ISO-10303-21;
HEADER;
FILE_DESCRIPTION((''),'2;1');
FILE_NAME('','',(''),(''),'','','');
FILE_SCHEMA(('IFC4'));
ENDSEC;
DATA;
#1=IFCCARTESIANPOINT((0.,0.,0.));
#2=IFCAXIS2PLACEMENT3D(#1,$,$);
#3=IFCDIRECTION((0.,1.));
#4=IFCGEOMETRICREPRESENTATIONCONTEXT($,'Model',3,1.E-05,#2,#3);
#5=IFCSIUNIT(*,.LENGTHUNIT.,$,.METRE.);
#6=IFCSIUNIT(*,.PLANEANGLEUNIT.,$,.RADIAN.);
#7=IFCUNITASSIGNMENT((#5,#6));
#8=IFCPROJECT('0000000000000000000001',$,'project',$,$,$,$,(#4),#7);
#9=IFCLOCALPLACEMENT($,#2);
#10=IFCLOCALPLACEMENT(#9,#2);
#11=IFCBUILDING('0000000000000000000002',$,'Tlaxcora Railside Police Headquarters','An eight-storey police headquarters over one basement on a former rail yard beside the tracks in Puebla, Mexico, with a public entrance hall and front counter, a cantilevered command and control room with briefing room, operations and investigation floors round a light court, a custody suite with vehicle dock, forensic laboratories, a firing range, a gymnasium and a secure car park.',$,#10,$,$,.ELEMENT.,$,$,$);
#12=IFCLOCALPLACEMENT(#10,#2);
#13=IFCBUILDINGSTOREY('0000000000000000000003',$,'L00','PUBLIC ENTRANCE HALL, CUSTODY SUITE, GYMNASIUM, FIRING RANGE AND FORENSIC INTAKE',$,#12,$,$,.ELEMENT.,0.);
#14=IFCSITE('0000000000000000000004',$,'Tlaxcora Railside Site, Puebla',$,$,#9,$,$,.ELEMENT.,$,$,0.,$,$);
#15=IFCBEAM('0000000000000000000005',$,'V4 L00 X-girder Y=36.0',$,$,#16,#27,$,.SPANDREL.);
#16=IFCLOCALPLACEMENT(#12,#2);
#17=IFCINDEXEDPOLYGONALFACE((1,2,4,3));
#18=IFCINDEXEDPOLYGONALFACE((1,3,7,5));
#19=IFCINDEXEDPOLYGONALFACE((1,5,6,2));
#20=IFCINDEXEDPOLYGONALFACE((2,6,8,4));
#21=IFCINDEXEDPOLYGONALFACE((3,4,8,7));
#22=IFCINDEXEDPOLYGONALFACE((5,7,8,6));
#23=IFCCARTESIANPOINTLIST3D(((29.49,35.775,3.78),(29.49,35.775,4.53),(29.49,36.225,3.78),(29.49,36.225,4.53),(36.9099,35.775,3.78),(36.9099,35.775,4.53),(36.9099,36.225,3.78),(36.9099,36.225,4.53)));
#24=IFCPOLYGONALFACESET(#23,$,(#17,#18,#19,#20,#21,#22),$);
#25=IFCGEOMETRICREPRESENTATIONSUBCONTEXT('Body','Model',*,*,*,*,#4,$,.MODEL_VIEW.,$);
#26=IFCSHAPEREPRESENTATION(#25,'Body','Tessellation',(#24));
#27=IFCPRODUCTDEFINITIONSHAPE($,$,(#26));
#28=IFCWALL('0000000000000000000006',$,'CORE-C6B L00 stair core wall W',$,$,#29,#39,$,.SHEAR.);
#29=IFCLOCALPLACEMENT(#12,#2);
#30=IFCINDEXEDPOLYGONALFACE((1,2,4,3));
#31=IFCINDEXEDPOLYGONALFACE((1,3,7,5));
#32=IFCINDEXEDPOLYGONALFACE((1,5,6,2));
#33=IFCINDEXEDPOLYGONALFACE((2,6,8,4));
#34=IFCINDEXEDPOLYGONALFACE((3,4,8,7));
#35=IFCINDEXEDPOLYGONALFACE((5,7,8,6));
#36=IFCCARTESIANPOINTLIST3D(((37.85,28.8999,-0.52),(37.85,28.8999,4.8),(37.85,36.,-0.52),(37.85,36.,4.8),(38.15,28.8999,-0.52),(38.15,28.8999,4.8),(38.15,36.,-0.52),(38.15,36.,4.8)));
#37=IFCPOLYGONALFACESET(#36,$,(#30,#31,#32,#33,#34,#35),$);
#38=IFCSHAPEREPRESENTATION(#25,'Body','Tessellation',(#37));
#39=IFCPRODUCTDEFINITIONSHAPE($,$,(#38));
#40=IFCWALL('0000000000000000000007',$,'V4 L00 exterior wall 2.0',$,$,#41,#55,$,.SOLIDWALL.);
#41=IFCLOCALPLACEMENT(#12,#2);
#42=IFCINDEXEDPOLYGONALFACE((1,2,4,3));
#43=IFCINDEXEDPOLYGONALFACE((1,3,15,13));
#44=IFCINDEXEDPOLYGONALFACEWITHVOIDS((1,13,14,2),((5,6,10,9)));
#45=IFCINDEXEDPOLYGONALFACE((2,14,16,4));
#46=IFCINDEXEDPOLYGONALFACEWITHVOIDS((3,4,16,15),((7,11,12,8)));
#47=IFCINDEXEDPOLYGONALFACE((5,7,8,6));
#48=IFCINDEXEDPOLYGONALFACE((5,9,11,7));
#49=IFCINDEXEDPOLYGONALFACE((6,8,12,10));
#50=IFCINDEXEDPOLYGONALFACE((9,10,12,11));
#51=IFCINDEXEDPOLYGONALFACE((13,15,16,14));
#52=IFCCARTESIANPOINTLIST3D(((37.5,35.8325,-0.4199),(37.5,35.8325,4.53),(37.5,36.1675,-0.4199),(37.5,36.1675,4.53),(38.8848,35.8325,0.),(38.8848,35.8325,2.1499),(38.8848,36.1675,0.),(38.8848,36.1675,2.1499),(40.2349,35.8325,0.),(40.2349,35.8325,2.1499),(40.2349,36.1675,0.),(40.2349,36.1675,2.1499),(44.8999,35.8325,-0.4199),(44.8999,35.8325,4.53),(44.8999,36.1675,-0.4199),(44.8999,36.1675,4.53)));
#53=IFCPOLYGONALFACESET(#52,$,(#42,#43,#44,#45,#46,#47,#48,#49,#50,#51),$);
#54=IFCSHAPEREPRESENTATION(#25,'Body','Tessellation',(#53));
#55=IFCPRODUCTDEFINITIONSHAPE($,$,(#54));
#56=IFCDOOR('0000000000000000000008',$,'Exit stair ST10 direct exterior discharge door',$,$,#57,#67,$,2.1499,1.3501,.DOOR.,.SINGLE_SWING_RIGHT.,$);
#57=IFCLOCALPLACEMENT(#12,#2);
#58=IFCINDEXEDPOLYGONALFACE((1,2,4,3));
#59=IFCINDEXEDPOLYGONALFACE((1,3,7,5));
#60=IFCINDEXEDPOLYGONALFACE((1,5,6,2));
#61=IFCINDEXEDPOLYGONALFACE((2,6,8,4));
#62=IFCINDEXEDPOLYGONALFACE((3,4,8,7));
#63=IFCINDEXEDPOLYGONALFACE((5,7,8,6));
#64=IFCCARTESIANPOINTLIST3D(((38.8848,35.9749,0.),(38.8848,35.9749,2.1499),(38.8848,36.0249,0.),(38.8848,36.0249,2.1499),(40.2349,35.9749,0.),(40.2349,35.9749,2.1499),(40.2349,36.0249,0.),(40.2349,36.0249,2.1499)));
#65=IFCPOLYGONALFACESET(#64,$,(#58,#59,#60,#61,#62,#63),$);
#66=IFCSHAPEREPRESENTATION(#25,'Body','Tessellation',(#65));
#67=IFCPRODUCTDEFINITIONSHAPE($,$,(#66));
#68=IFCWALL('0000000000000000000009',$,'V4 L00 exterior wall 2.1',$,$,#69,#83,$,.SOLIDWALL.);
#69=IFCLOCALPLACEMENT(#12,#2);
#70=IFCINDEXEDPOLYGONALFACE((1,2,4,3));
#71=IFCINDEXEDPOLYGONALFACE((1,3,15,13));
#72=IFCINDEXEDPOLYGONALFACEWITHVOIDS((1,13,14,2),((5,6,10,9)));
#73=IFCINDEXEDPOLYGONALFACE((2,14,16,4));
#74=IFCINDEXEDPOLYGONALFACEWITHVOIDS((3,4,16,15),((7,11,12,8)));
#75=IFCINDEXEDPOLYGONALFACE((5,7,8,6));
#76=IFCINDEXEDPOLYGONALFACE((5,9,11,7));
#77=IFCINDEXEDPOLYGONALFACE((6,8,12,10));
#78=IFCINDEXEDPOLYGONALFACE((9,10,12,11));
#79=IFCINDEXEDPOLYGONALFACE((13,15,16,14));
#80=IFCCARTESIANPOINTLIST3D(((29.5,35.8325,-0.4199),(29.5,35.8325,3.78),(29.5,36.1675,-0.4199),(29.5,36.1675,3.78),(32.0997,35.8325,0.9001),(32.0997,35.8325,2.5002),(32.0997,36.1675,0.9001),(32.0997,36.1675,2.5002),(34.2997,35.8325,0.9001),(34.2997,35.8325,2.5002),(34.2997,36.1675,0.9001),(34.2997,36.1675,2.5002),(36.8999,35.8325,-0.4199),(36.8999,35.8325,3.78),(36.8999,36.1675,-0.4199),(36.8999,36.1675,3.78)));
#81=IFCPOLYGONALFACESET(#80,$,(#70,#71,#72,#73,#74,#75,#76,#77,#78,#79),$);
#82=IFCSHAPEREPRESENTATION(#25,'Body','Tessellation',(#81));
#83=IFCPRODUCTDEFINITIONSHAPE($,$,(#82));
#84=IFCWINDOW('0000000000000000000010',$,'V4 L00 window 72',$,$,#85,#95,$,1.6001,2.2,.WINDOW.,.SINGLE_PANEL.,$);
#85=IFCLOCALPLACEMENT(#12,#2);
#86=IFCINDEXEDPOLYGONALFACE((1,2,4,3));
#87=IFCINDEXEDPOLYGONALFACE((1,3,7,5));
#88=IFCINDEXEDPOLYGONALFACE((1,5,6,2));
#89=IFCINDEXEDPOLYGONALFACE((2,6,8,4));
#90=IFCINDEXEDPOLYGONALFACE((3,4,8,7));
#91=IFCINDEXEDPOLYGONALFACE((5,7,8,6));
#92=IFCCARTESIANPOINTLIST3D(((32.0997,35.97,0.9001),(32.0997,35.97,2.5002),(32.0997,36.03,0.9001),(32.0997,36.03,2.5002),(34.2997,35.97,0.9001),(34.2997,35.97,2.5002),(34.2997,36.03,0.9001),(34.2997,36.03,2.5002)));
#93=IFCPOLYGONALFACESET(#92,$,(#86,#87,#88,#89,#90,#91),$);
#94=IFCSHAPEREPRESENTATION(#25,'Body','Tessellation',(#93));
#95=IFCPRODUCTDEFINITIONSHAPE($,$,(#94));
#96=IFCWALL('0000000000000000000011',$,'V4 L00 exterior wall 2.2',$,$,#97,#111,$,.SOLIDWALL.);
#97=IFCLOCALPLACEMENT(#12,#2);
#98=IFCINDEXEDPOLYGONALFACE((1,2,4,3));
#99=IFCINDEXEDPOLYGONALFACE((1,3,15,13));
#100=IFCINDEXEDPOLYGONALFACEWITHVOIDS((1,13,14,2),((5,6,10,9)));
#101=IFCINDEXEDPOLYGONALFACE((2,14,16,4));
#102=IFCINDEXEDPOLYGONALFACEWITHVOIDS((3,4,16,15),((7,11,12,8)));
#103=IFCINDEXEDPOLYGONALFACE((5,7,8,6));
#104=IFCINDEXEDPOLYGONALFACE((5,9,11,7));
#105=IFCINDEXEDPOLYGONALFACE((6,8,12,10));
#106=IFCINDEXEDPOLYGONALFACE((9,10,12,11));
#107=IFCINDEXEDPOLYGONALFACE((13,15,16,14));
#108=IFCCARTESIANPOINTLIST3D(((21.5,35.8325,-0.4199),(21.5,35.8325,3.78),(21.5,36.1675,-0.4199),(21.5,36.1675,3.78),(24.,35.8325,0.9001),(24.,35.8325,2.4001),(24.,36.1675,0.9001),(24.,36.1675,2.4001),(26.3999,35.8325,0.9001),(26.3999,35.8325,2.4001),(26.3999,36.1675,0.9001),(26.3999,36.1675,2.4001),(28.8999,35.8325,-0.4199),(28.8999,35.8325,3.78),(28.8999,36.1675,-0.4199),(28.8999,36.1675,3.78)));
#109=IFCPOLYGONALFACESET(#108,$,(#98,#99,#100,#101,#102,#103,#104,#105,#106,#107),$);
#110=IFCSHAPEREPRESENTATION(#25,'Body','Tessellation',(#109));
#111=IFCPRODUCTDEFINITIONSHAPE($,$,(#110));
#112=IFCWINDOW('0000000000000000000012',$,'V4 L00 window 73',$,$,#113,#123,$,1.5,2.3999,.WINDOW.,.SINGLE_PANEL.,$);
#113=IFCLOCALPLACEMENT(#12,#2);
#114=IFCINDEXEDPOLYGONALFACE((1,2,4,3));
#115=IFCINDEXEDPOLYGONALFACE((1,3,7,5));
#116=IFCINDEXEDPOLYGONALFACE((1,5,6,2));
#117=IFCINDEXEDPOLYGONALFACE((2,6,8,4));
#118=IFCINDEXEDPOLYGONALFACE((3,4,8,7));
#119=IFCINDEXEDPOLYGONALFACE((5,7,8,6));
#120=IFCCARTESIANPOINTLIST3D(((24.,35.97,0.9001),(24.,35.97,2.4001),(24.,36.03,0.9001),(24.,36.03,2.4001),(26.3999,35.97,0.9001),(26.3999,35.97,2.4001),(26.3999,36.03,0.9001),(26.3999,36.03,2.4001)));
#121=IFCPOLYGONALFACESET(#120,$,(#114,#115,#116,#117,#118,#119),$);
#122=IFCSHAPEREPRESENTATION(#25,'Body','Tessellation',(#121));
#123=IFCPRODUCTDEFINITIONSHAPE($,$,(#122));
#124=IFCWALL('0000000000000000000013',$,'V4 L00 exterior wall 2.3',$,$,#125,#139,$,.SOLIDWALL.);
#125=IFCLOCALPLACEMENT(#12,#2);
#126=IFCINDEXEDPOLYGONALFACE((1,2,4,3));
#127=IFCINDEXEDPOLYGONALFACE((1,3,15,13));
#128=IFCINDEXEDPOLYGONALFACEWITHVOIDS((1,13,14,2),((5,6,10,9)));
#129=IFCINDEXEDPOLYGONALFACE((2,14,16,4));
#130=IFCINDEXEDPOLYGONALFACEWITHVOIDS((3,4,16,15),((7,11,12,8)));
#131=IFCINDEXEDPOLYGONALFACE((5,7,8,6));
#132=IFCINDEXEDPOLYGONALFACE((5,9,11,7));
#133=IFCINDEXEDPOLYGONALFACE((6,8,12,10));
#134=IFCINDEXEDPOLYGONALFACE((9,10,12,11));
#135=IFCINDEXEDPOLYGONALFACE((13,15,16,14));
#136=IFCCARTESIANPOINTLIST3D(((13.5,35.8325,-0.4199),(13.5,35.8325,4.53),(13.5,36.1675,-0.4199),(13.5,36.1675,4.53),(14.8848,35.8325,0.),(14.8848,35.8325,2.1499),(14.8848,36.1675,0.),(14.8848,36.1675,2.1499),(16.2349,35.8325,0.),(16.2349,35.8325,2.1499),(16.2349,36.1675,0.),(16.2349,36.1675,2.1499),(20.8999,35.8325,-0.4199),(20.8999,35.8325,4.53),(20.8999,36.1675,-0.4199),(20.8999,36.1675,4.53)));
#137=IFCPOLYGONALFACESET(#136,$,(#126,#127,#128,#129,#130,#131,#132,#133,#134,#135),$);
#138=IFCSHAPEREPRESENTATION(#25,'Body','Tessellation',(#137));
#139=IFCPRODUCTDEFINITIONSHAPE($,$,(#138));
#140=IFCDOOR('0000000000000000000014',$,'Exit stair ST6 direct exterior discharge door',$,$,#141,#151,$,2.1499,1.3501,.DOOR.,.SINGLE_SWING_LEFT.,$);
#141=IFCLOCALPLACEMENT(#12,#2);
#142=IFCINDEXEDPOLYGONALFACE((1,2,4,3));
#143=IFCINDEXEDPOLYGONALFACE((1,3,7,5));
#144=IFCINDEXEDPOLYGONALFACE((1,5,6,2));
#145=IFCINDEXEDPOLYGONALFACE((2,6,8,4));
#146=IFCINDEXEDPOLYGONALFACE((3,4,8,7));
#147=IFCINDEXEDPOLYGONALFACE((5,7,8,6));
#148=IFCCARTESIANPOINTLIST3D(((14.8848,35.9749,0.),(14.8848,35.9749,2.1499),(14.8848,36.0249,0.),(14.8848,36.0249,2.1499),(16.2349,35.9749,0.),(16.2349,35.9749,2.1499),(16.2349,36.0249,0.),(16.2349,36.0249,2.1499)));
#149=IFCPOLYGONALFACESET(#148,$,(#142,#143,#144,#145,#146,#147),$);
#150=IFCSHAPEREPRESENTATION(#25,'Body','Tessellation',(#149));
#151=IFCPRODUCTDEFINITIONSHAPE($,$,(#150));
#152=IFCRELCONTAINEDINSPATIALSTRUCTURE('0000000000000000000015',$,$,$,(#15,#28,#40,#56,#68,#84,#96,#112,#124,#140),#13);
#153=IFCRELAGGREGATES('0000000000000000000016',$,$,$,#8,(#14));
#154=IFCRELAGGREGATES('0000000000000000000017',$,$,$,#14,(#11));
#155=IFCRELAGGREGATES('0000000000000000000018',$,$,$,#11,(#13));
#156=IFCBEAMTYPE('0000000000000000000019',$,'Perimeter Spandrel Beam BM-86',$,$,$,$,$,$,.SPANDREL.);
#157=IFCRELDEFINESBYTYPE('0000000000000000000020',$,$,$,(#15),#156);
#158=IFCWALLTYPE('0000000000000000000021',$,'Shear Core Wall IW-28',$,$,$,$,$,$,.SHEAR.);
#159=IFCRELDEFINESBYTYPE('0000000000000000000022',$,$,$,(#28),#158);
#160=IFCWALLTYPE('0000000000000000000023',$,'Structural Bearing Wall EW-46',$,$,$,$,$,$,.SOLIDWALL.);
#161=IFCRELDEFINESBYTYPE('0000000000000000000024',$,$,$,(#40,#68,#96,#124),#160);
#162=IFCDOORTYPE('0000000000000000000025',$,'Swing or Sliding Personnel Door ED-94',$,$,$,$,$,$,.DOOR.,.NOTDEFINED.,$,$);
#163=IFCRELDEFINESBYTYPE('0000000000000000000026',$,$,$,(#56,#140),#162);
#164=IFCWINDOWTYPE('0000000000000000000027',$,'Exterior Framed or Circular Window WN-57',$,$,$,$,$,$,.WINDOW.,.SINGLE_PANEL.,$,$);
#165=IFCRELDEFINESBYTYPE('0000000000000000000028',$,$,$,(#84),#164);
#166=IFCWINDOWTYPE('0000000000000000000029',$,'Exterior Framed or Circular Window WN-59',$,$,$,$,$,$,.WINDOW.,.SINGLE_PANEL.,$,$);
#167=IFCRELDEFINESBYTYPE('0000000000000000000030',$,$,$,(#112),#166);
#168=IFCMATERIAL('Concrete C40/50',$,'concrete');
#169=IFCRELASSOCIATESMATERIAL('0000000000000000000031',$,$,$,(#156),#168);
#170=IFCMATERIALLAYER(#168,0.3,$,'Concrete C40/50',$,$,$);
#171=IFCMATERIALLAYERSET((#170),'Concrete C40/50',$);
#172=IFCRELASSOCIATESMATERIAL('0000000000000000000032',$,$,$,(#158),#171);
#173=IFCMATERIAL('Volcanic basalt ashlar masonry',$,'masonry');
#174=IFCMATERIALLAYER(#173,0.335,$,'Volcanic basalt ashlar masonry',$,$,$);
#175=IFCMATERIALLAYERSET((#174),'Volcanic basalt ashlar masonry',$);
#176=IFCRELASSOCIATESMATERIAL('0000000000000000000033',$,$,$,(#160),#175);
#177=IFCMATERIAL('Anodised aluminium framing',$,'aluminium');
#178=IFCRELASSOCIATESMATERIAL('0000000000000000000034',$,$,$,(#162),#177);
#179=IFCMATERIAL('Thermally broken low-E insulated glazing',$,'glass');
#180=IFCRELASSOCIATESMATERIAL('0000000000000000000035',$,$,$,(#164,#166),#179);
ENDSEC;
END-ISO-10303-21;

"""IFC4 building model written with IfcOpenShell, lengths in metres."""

from ifc_helpers import new_model, si_unit, direction, frame, frame_2d, origin, origin_2d, place, context, subcontext, project, spatial, rectangle, extrude, material, layer, layer_set, material_profile, profile_set, type_object, element, fill, save


model = new_model("IFC4")

# Units and contexts
model_context = context("Model", 3, precision=1e-05, world=origin(), true_north=direction((0.0, 1.0)))
body_context = subcontext(model_context, "Body", "Model", "MODEL_VIEW")
ifc_project = project(units=[si_unit("LENGTHUNIT", "METRE"), si_unit("PLANEANGLEUNIT", "RADIAN")], contexts=[model_context])

# Site, building, storey
site_placement = place(None, origin())
site = spatial("IfcSite", under=ifc_project, at=site_placement, Name="Tlaxcora Railside Site, Puebla", CompositionType="ELEMENT", RefElevation=0.0)
building_placement = place(site_placement, origin())
building = spatial("IfcBuilding", under=site, at=building_placement, Name="Tlaxcora Railside Police Headquarters", Description="An eight-storey police headquarters over one basement on a former rail yard beside the tracks in Puebla, Mexico, with a public entrance hall and front counter, a cantilevered command and control room with briefing room, operations and investigation floors round a light court, a custody suite with vehicle dock, forensic laboratories, a firing range, a gymnasium and a secure car park.", CompositionType="ELEMENT")
storey_placement = place(building_placement, origin())
storey = spatial("IfcBuildingStorey", under=building, at=storey_placement, Name="L00", Description="PUBLIC ENTRANCE HALL, CUSTODY SUITE, GYMNASIUM, FIRING RANGE AND FORENSIC INTAKE", CompositionType="ELEMENT", Elevation=0.0)

# Shared definitions
ifc_material_1 = material(Name="Concrete C40/50", Category="concrete")

# Beam
ifc_material_profile_1 = material_profile(ifc_material_1, rectangle(XDim=0.45, YDim=0.75, at=origin_2d()), Name="RC450X750")
ifc_profile_set_1 = profile_set([ifc_material_profile_1], Name="Concrete C40/50")
beam_type = type_object("IfcBeamType", Name="Perimeter Spandrel Beam BM-86", PredefinedType="SPANDREL", material=ifc_profile_set_1)
for number, where, z_axis, x_axis, name in (
    (1, (29.49, 36.0, 4.155), (1.0, 0.0, 0.0), (0.0, 1.0, 0.0), "V4 L00 X-girder Y=36.0"),
):
    element("IfcBeam", number, at=place(storey_placement, frame(where, z_axis=z_axis, x_axis=x_axis)), inside=storey, type_object=beam_type, Name=name, PredefinedType="SPANDREL", context=body_context, shape_type="SweptSolid", body=[
        extrude(rectangle(XDim=0.45, YDim=0.75, at=origin_2d()), origin(), (0.0, 0.0, 1.0), 7.4199),
    ])

# Wall
ifc_layer_1 = layer(ifc_material_1, 0.3, Name="Concrete C40/50")
ifc_layer_set_1 = layer_set([ifc_layer_1], Name="Concrete C40/50")
wall_type_1 = type_object("IfcWallType", Name="Shear Core Wall IW-28", PredefinedType="SHEAR", material=ifc_layer_set_1)
wall_1_placement = place(storey_placement, frame((38.0, 36.0, -0.52), z_axis=(0.0, 0.0, 1.0), x_axis=(0.0, -1.0, 0.0)))
element("IfcWall", 2, at=wall_1_placement, inside=storey, type_object=wall_type_1, Name="CORE-C6B L00 stair core wall W", PredefinedType="SHEAR", context=body_context, shape_type="SweptSolid", body=[
    extrude(rectangle(XDim=7.1001, YDim=0.3, at=frame_2d((3.55, 0.0))), origin(), (0.0, 0.0, 1.0), 5.3201),
])

# Wall, opening, door
ifc_material_2 = material(Name="Volcanic basalt ashlar masonry", Category="masonry")
ifc_layer_2 = layer(ifc_material_2, 0.335, Name="Volcanic basalt ashlar masonry")
ifc_layer_set_2 = layer_set([ifc_layer_2], Name="Volcanic basalt ashlar masonry")
wall_type_2 = type_object("IfcWallType", Name="Structural Bearing Wall EW-46", PredefinedType="SOLIDWALL", material=ifc_layer_set_2)
wall_2_placement = place(storey_placement, frame((44.8999, 36.0, -0.4199), z_axis=(0.0, 0.0, 1.0), x_axis=(-1.0, 0.0, 0.0)))
wall_2 = element("IfcWall", 3, at=wall_2_placement, inside=storey, type_object=wall_type_2, Name="V4 L00 exterior wall 2.0", PredefinedType="SOLIDWALL", context=body_context, shape_type="SweptSolid", body=[
    extrude(rectangle(XDim=7.3999, YDim=0.335, at=frame_2d((3.7, 0.0))), origin(), (0.0, 0.0, 1.0), 4.95),
])
opening_1_placement = place(wall_2_placement, frame((4.665, 0.0, 0.4199)))
opening_1 = element("IfcOpeningElement", 4, at=opening_1_placement, cuts=wall_2, PredefinedType="OPENING", context=body_context, shape_type="SweptSolid", body=[
    extrude(rectangle(XDim=1.3501, YDim=2.1499, at=frame_2d((0.675, 1.075))), frame((0.0, 0.1775, 0.0), z_axis=(0.0, -1.0, 0.0), x_axis=(1.0, 0.0, 0.0)), (0.0, 0.0, 1.0), 0.355),
])
ifc_material_3 = material(Name="Anodised aluminium framing", Category="aluminium")
door_type = type_object("IfcDoorType", Name="Swing or Sliding Personnel Door ED-94", OperationType="NOTDEFINED", PredefinedType="DOOR", material=ifc_material_3)
door_1_placement = place(opening_1_placement, frame((1.3501, 0.0, 0.0), z_axis=(0.0, 0.0, 1.0), x_axis=(-1.0, 0.0, 0.0)))
door_1 = element("IfcDoor", 5, at=door_1_placement, inside=storey, type_object=door_type, Name="Exit stair ST10 direct exterior discharge door", OperationType="SINGLE_SWING_RIGHT", OverallHeight=2.1499, OverallWidth=1.3501, PredefinedType="DOOR", context=body_context, shape_type="SweptSolid", body=[
    extrude(rectangle(XDim=1.3501, YDim=2.1499, at=frame_2d((0.675, 1.075))), frame((0.0, 0.0249, 0.0), z_axis=(0.0, -1.0, 0.0), x_axis=(1.0, 0.0, 0.0)), (0.0, 0.0, 1.0), 0.05),
])
fill(opening_1, door_1)

# Walls, openings, windows
wall_3_placement = place(storey_placement, frame((36.8999, 36.0, -0.4199), z_axis=(0.0, 0.0, 1.0), x_axis=(-1.0, 0.0, 0.0)))
wall_3 = element("IfcWall", 6, at=wall_3_placement, inside=storey, type_object=wall_type_2, Name="V4 L00 exterior wall 2.1", PredefinedType="SOLIDWALL", context=body_context, shape_type="SweptSolid", body=[
    extrude(rectangle(XDim=7.3999, YDim=0.335, at=frame_2d((3.7, 0.0))), origin(), (0.0, 0.0, 1.0), 4.2),
])
opening_2_placement = place(wall_3_placement, frame((2.6001, 0.0, 1.3201)))
opening_2 = element("IfcOpeningElement", 7, at=opening_2_placement, cuts=wall_3, PredefinedType="OPENING", context=body_context, shape_type="SweptSolid", body=[
    extrude(rectangle(XDim=2.2, YDim=1.6001, at=frame_2d((1.1001, 0.8))), frame((0.0, 0.1775, 0.0), z_axis=(0.0, -1.0, 0.0), x_axis=(1.0, 0.0, 0.0)), (0.0, 0.0, 1.0), 0.355),
])
ifc_material_4 = material(Name="Thermally broken low-E insulated glazing", Category="glass")
window_type_1 = type_object("IfcWindowType", Name="Exterior Framed or Circular Window WN-57", PartitioningType="SINGLE_PANEL", PredefinedType="WINDOW", material=ifc_material_4)
window_1_placement = place(opening_2_placement, origin())
window_1 = element("IfcWindow", 8, at=window_1_placement, inside=storey, type_object=window_type_1, Name="V4 L00 window 72", OverallHeight=1.6001, OverallWidth=2.2, PartitioningType="SINGLE_PANEL", PredefinedType="WINDOW", context=body_context, shape_type="SweptSolid", body=[
    extrude(rectangle(XDim=2.2, YDim=1.6001, at=frame_2d((1.1001, 0.8))), frame((0.0, 0.03, 0.0), z_axis=(0.0, -1.0, 0.0), x_axis=(1.0, 0.0, 0.0)), (0.0, 0.0, 1.0), 0.0601),
])
fill(opening_2, window_1)
wall_4_placement = place(storey_placement, frame((28.8999, 36.0, -0.4199), z_axis=(0.0, 0.0, 1.0), x_axis=(-1.0, 0.0, 0.0)))
wall_4 = element("IfcWall", 9, at=wall_4_placement, inside=storey, type_object=wall_type_2, Name="V4 L00 exterior wall 2.2", PredefinedType="SOLIDWALL", context=body_context, shape_type="SweptSolid", body=[
    extrude(rectangle(XDim=7.3999, YDim=0.335, at=frame_2d((3.7, 0.0))), origin(), (0.0, 0.0, 1.0), 4.2),
])
opening_3_placement = place(wall_4_placement, frame((2.5, 0.0, 1.3201)))
opening_3 = element("IfcOpeningElement", 10, at=opening_3_placement, cuts=wall_4, PredefinedType="OPENING", context=body_context, shape_type="SweptSolid", body=[
    extrude(rectangle(XDim=2.3999, YDim=1.5, at=frame_2d((1.2, 0.75))), frame((0.0, 0.1775, 0.0), z_axis=(0.0, -1.0, 0.0), x_axis=(1.0, 0.0, 0.0)), (0.0, 0.0, 1.0), 0.355),
])
window_type_2 = type_object("IfcWindowType", Name="Exterior Framed or Circular Window WN-59", PartitioningType="SINGLE_PANEL", PredefinedType="WINDOW", material=ifc_material_4)
window_2_placement = place(opening_3_placement, origin())
window_2 = element("IfcWindow", 11, at=window_2_placement, inside=storey, type_object=window_type_2, Name="V4 L00 window 73", OverallHeight=1.5, OverallWidth=2.3999, PartitioningType="SINGLE_PANEL", PredefinedType="WINDOW", context=body_context, shape_type="SweptSolid", body=[
    extrude(rectangle(XDim=2.3999, YDim=1.5, at=frame_2d((1.2, 0.75))), frame((0.0, 0.03, 0.0), z_axis=(0.0, -1.0, 0.0), x_axis=(1.0, 0.0, 0.0)), (0.0, 0.0, 1.0), 0.0601),
])
fill(opening_3, window_2)

# Wall, opening, door
wall_5_placement = place(storey_placement, frame((20.8999, 36.0, -0.4199), z_axis=(0.0, 0.0, 1.0), x_axis=(-1.0, 0.0, 0.0)))
wall_5 = element("IfcWall", 12, at=wall_5_placement, inside=storey, type_object=wall_type_2, Name="V4 L00 exterior wall 2.3", PredefinedType="SOLIDWALL", context=body_context, shape_type="SweptSolid", body=[
    extrude(rectangle(XDim=7.3999, YDim=0.335, at=frame_2d((3.7, 0.0))), origin(), (0.0, 0.0, 1.0), 4.95),
])
opening_4_placement = place(wall_5_placement, frame((4.665, 0.0, 0.4199)))
opening_4 = element("IfcOpeningElement", 13, at=opening_4_placement, cuts=wall_5, PredefinedType="OPENING", context=body_context, shape_type="SweptSolid", body=[
    extrude(rectangle(XDim=1.3501, YDim=2.1499, at=frame_2d((0.675, 1.075))), frame((0.0, 0.1775, 0.0), z_axis=(0.0, -1.0, 0.0), x_axis=(1.0, 0.0, 0.0)), (0.0, 0.0, 1.0), 0.355),
])
door_2_placement = place(opening_4_placement, frame((1.3501, 0.0, 0.0), z_axis=(0.0, 0.0, 1.0), x_axis=(-1.0, 0.0, 0.0)))
door_2 = element("IfcDoor", 14, at=door_2_placement, inside=storey, type_object=door_type, Name="Exit stair ST6 direct exterior discharge door", OperationType="SINGLE_SWING_LEFT", OverallHeight=2.1499, OverallWidth=1.3501, PredefinedType="DOOR", context=body_context, shape_type="SweptSolid", body=[
    extrude(rectangle(XDim=1.3501, YDim=2.1499, at=frame_2d((0.675, 1.075))), frame((0.0, 0.0249, 0.0), z_axis=(0.0, -1.0, 0.0), x_axis=(1.0, 0.0, 0.0)), (0.0, 0.0, 1.0), 0.05),
])
fill(opening_4, door_2)

save(model, "model.ifc")
